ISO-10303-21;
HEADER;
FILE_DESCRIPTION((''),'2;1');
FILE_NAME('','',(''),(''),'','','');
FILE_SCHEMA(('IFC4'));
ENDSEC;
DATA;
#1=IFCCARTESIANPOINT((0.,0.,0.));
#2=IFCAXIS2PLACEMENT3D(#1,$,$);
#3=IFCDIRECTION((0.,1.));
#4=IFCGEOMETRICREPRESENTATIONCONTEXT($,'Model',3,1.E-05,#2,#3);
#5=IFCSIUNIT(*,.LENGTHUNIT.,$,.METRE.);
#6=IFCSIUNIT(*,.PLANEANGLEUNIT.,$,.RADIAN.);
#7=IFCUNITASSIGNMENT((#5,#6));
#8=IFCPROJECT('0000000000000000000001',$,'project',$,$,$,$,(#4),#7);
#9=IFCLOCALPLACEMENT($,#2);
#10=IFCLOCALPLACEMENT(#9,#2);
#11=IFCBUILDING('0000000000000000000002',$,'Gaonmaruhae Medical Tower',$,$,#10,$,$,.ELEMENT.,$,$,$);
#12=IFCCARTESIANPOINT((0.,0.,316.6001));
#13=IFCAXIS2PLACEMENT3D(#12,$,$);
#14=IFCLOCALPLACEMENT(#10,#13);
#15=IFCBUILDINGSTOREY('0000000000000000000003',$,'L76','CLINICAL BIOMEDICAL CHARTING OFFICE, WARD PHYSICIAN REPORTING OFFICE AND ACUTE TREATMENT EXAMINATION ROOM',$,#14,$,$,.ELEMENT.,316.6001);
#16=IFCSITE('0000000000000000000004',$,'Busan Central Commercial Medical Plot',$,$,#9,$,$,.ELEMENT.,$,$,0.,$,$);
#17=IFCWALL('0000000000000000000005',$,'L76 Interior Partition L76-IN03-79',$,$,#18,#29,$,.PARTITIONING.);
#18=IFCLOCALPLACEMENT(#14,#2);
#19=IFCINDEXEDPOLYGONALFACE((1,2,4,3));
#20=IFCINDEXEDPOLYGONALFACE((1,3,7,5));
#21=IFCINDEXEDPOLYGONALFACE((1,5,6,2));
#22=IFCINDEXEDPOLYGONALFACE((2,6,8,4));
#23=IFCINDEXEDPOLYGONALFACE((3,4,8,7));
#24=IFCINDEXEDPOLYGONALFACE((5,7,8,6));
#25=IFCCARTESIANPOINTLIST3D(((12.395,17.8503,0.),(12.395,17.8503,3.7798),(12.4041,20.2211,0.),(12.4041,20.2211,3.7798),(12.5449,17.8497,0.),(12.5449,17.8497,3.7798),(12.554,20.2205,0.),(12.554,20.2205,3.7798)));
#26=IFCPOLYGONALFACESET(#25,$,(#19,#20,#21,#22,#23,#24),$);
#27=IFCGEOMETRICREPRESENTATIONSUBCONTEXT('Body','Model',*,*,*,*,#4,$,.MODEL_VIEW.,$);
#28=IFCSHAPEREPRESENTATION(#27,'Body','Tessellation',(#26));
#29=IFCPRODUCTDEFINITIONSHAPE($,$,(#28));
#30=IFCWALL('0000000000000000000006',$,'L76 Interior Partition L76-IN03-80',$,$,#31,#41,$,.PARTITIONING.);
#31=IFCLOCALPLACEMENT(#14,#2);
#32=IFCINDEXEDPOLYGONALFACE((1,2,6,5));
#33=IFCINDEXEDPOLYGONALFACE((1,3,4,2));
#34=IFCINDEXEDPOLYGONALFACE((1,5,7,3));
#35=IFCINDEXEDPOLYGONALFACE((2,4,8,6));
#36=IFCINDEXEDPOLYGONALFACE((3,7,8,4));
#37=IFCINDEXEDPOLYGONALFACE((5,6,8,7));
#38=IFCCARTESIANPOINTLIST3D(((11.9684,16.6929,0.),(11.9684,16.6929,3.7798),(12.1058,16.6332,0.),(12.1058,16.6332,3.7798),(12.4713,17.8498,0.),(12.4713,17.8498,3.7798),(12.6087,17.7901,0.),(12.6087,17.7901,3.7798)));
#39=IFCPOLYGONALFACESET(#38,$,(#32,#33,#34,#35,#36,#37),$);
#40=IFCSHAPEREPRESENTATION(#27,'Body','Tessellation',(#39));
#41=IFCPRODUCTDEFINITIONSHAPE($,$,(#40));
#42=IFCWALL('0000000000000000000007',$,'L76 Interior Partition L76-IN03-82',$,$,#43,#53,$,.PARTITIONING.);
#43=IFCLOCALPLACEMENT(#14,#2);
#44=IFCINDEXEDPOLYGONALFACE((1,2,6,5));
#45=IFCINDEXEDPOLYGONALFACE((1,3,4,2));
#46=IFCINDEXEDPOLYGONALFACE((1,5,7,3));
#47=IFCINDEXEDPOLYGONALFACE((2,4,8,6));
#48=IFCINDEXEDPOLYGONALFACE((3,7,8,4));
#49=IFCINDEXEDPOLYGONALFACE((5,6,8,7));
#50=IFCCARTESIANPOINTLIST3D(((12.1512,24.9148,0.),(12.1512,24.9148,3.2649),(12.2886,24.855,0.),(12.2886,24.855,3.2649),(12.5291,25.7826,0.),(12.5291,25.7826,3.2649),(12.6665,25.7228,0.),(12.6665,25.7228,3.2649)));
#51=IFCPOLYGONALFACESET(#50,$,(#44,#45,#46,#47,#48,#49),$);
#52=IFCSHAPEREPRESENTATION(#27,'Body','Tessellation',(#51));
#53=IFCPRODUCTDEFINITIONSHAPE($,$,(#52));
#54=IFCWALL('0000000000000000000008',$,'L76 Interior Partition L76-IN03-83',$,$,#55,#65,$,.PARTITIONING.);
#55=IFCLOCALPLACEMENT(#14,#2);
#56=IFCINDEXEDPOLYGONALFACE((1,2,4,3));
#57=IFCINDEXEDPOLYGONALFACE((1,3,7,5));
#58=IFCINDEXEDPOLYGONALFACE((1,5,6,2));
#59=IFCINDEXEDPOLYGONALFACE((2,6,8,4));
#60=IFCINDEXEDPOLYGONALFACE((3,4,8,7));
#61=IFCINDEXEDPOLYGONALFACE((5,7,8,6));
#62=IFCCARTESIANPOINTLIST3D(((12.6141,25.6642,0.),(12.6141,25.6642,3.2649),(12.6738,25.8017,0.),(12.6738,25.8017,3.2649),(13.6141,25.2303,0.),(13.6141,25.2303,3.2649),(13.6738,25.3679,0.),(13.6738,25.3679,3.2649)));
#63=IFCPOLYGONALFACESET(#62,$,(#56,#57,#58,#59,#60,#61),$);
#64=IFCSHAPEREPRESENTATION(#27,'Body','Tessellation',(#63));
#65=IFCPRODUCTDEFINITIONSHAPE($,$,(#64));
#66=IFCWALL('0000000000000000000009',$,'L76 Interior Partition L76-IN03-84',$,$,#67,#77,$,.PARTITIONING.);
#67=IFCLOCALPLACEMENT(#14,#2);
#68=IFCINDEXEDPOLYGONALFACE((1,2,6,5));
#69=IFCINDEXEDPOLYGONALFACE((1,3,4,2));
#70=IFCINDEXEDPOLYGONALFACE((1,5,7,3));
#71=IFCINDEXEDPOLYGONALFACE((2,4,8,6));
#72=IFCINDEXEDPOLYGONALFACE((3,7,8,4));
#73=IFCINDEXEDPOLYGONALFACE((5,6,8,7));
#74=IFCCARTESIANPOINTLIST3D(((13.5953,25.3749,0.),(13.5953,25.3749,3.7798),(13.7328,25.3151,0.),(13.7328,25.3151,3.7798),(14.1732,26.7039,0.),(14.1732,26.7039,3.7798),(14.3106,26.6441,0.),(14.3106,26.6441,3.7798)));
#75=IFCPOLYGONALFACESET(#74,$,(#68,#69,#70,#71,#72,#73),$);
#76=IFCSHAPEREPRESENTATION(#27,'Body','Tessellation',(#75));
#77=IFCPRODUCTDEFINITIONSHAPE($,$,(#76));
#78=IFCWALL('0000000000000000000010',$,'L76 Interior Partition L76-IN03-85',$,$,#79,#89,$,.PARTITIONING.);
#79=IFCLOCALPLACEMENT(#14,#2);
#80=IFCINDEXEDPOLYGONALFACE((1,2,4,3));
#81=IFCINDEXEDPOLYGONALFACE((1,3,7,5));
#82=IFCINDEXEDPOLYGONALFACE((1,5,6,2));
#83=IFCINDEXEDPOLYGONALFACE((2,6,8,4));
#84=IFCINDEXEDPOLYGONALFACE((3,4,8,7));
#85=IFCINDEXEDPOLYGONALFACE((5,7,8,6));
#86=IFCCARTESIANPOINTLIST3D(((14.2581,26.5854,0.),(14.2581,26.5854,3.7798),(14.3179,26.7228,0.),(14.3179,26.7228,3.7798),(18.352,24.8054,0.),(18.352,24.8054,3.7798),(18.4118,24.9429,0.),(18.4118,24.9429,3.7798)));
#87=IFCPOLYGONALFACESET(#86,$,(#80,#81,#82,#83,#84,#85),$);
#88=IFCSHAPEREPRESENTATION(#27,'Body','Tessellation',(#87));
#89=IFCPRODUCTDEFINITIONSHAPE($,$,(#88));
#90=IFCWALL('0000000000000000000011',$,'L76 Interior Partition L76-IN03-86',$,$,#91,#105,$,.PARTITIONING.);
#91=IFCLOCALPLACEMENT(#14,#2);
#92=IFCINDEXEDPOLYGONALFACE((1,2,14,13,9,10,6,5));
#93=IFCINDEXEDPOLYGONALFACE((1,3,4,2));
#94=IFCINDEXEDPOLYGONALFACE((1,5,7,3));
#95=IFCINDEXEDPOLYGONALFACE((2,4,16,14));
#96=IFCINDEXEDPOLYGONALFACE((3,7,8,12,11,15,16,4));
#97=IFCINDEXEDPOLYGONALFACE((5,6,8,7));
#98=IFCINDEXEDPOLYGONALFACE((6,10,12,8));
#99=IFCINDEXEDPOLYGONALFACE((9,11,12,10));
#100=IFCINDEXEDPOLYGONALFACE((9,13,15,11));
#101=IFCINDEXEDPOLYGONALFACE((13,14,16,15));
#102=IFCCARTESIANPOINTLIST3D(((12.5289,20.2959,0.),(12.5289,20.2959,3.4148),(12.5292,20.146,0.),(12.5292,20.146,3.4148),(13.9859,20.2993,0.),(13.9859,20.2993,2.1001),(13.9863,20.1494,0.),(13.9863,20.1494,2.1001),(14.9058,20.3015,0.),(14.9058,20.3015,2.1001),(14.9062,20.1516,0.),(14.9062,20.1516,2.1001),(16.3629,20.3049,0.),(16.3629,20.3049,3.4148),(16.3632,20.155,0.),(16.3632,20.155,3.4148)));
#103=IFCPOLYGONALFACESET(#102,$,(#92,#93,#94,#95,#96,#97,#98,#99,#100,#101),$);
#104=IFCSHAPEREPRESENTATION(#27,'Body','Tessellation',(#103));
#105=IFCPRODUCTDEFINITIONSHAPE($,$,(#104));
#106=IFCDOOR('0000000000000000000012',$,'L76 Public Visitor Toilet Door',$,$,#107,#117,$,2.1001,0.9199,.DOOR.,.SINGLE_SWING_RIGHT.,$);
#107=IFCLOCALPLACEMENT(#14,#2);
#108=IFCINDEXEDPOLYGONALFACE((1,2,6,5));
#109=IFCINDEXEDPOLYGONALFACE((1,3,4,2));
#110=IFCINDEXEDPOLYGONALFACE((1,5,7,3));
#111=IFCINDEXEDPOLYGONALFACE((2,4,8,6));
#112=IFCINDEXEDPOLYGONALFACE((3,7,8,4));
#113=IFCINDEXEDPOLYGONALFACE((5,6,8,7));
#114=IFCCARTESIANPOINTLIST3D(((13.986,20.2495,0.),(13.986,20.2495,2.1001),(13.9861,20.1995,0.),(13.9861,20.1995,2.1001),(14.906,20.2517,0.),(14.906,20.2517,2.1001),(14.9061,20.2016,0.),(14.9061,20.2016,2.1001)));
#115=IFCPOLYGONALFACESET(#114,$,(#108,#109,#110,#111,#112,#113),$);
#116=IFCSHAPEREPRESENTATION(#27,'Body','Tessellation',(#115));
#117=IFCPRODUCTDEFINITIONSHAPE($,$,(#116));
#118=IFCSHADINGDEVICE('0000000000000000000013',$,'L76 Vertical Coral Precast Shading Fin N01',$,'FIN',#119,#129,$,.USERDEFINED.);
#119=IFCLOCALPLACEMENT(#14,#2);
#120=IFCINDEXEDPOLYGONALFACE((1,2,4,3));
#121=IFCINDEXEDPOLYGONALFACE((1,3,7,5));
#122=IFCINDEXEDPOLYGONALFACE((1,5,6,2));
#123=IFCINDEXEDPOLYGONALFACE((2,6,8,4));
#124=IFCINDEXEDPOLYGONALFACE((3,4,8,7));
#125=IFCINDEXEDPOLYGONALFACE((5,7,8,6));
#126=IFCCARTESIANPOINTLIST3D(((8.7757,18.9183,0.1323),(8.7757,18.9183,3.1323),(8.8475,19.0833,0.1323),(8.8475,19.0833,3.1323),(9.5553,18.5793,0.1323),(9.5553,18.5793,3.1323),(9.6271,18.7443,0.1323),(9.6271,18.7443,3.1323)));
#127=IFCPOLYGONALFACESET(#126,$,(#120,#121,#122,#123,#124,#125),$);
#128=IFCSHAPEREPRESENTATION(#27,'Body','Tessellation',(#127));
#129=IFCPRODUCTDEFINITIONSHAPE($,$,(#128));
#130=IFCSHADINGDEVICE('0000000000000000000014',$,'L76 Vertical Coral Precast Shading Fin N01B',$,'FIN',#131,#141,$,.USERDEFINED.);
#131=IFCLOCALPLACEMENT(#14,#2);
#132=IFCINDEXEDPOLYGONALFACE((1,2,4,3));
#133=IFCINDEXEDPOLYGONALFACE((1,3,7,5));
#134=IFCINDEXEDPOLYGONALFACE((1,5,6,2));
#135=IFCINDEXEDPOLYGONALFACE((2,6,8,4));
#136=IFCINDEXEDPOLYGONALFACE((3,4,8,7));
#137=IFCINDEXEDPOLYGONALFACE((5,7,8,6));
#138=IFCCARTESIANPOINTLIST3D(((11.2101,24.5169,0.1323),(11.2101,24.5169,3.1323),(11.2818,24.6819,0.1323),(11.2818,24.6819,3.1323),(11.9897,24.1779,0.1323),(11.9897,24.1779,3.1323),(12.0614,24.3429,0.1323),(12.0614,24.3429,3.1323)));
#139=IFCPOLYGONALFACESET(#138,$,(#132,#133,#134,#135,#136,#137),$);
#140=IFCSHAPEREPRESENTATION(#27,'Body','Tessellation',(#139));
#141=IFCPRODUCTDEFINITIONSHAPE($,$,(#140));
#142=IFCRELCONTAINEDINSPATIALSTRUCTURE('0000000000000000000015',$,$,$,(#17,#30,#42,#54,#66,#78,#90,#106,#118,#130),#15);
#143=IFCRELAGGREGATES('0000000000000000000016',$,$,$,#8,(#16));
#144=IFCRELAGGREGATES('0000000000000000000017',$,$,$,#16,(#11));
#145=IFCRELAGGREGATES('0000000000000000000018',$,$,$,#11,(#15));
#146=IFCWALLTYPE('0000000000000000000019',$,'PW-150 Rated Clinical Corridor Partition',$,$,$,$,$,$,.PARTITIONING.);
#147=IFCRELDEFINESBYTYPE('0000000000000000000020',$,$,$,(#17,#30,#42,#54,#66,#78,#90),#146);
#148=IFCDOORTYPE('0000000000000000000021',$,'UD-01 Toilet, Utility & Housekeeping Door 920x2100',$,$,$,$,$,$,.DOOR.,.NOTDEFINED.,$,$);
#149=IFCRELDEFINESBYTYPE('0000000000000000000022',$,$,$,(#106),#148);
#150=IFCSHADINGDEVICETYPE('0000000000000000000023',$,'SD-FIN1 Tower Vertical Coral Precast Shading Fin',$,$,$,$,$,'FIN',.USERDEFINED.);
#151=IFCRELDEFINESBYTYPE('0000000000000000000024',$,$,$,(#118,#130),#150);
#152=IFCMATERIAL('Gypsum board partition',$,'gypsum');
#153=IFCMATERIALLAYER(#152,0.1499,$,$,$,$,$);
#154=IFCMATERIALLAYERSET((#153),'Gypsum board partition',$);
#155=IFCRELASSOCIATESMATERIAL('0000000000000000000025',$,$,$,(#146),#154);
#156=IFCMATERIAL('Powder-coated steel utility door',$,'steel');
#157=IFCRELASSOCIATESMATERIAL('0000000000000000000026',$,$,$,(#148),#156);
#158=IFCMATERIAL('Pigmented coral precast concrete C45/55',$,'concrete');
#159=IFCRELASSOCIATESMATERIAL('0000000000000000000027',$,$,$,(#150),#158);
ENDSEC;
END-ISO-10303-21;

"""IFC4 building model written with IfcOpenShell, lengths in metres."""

from ifc_helpers import new_model, si_unit, direction, frame, frame_2d, origin, origin_2d, place, context, subcontext, project, spatial, rectangle, extrude, material, layer, layer_set, type_object, element, fill, save


model = new_model("IFC4")

# Units and contexts
model_context = context("Model", 3, precision=1e-05, world=origin(), true_north=direction((0.0, 1.0)))
body_context = subcontext(model_context, "Body", "Model", "MODEL_VIEW")
ifc_project = project(units=[si_unit("LENGTHUNIT", "METRE"), si_unit("PLANEANGLEUNIT", "RADIAN")], contexts=[model_context])

# Site, building, storey
site_placement = place(None, origin())
site = spatial("IfcSite", under=ifc_project, at=site_placement, Name="Busan Central Commercial Medical Plot", CompositionType="ELEMENT", RefElevation=0.0)
building_placement = place(site_placement, origin())
building = spatial("IfcBuilding", under=site, at=building_placement, Name="Gaonmaruhae Medical Tower", CompositionType="ELEMENT")
storey_placement = place(building_placement, frame((0.0, 0.0, 316.6001)))
storey = spatial("IfcBuildingStorey", under=building, at=storey_placement, Name="L76", Description="CLINICAL BIOMEDICAL CHARTING OFFICE, WARD PHYSICIAN REPORTING OFFICE AND ACUTE TREATMENT EXAMINATION ROOM", CompositionType="ELEMENT", Elevation=316.6001)

# Walls
ifc_material_1 = material(Name="Gypsum board partition", Category="gypsum")
ifc_layer_1 = layer(ifc_material_1, 0.1499)
ifc_layer_set_1 = layer_set([ifc_layer_1], Name="Gypsum board partition")
wall_type_1 = type_object("IfcWallType", Name="PW-150 Rated Clinical Corridor Partition", PredefinedType="PARTITIONING", material=ifc_layer_set_1)
wall_1_placement = place(storey_placement, frame((12.479, 20.2209, 0.0), z_axis=(0.0, 0.0, 1.0), x_axis=(-0.00381, -0.999993, 0.0)))
element("IfcWall", 1, at=wall_1_placement, inside=storey, type_object=wall_type_1, Name="L76 Interior Partition L76-IN03-79", PredefinedType="PARTITIONING", context=body_context, shape_type="SweptSolid", body=[
    extrude(rectangle(XDim=2.3708, YDim=0.1499, at=frame_2d((1.1855, 0.0))), origin(), (0.0, 0.0, 1.0), 3.7798),
])
wall_2_placement = place(storey_placement, frame((12.54, 17.8201, 0.0), z_axis=(0.0, 0.0, 1.0), x_axis=(-0.398655, -0.917101, 0.0)))
element("IfcWall", 2, at=wall_2_placement, inside=storey, type_object=wall_type_1, Name="L76 Interior Partition L76-IN03-80", PredefinedType="PARTITIONING", context=body_context, shape_type="SweptSolid", body=[
    extrude(rectangle(XDim=1.2615, YDim=0.1499, at=frame_2d((0.6309, 0.0))), origin(), (0.0, 0.0, 1.0), 3.7798),
])
wall_3_placement = place(storey_placement, frame((12.22, 24.885, 0.0), z_axis=(0.0, 0.0, 1.0), x_axis=(0.399235, 0.916849, 0.0)))
element("IfcWall", 3, at=wall_3_placement, inside=storey, type_object=wall_type_1, Name="L76 Interior Partition L76-IN03-82", PredefinedType="PARTITIONING", context=body_context, shape_type="SweptSolid", body=[
    extrude(rectangle(XDim=0.9465, YDim=0.1499, at=frame_2d((0.4731, 0.0))), origin(), (0.0, 0.0, 1.0), 3.2649),
])
wall_4_placement = place(storey_placement, frame((12.644, 25.7329, 0.0), z_axis=(0.0, 0.0, 1.0), x_axis=(0.917387, -0.397997, 0.0)))
element("IfcWall", 4, at=wall_4_placement, inside=storey, type_object=wall_type_1, Name="L76 Interior Partition L76-IN03-83", PredefinedType="PARTITIONING", context=body_context, shape_type="SweptSolid", body=[
    extrude(rectangle(XDim=1.0901, YDim=0.1499, at=frame_2d((0.5449, 0.0))), origin(), (0.0, 0.0, 1.0), 3.2649),
])
wall_5_placement = place(storey_placement, frame((13.6641, 25.345, 0.0), z_axis=(0.0, 0.0, 1.0), x_axis=(0.398732, 0.917067, 0.0)))
element("IfcWall", 5, at=wall_5_placement, inside=storey, type_object=wall_type_1, Name="L76 Interior Partition L76-IN03-84", PredefinedType="PARTITIONING", context=body_context, shape_type="SweptSolid", body=[
    extrude(rectangle(XDim=1.4492, YDim=0.1499, at=frame_2d((0.7246, 0.0))), origin(), (0.0, 0.0, 1.0), 3.7798),
])
wall_6_placement = place(storey_placement, frame((14.2881, 26.6541, 0.0), z_axis=(0.0, 0.0, 1.0), x_axis=(0.917067, -0.398732, 0.0)))
element("IfcWall", 6, at=wall_6_placement, inside=storey, type_object=wall_type_1, Name="L76 Interior Partition L76-IN03-85", PredefinedType="PARTITIONING", context=body_context, shape_type="SweptSolid", body=[
    extrude(rectangle(XDim=4.4641, YDim=0.1499, at=frame_2d((2.2319, 0.0))), origin(), (0.0, 0.0, 1.0), 3.7798),
])

# Wall, opening, door
wall_7_placement = place(storey_placement, frame((16.363, 20.23, 0.0), z_axis=(0.0, 0.0, 1.0), x_axis=(-0.999997, -0.002356, 0.0)))
wall_7 = element("IfcWall", 7, at=wall_7_placement, inside=storey, type_object=wall_type_1, Name="L76 Interior Partition L76-IN03-86", PredefinedType="PARTITIONING", context=body_context, shape_type="SweptSolid", body=[
    extrude(rectangle(XDim=3.834, YDim=0.1499, at=frame_2d((1.917, 0.0))), origin(), (0.0, 0.0, 1.0), 3.4148),
])
opening_1_placement = place(wall_7_placement, frame((1.457, 0.0, 0.0)))
opening_1 = element("IfcOpeningElement", 8, at=opening_1_placement, cuts=wall_7, PredefinedType="OPENING", context=body_context, shape_type="SweptSolid", body=[
    extrude(rectangle(XDim=0.9199, YDim=2.1001, at=frame_2d((0.46, 1.05))), frame((0.0, 0.085, 0.0), z_axis=(0.0, -1.0, 0.0), x_axis=(1.0, 0.0, 0.0)), (0.0, 0.0, 1.0), 0.1699),
])
ifc_material_2 = material(Name="Powder-coated steel utility door", Category="steel")
door_type = type_object("IfcDoorType", Name="UD-01 Toilet, Utility & Housekeeping Door 920x2100", OperationType="NOTDEFINED", PredefinedType="DOOR", material=ifc_material_2)
door_placement = place(opening_1_placement, origin())
door = element("IfcDoor", 9, at=door_placement, inside=storey, type_object=door_type, Name="L76 Public Visitor Toilet Door", OperationType="SINGLE_SWING_RIGHT", OverallHeight=2.1001, OverallWidth=0.9199, PredefinedType="DOOR", context=body_context, shape_type="SweptSolid", body=[
    extrude(rectangle(XDim=0.9199, YDim=2.1001, at=frame_2d((0.46, 1.05))), frame((0.0, 0.0249, 0.0), z_axis=(0.0, -1.0, 0.0), x_axis=(1.0, 0.0, 0.0)), (0.0, 0.0, 1.0), 0.05),
])
fill(opening_1, door)

# Shading devices
ifc_material_3 = material(Name="Pigmented coral precast concrete C45/55", Category="concrete")
shading_device_type = type_object("IfcShadingDeviceType", Name="SD-FIN1 Tower Vertical Coral Precast Shading Fin", ElementType="FIN", PredefinedType="USERDEFINED", material=ifc_material_3)
for number, where, z_axis, x_axis, name in (
    (10, (9.2014, 18.8313, 0.1323), (0.0, 0.0, 1.0), (0.398749, 0.91706, 0.0), "L76 Vertical Coral Precast Shading Fin N01"),
    (11, (11.6357, 24.4299, 0.1323), (0.0, 0.0, 1.0), (0.398749, 0.91706, 0.0), "L76 Vertical Coral Precast Shading Fin N01B"),
):
    element("IfcShadingDevice", number, at=place(storey_placement, frame(where, z_axis=z_axis, x_axis=x_axis)), inside=storey, type_object=shading_device_type, Name=name, ObjectType="FIN", PredefinedType="USERDEFINED", context=body_context, shape_type="SweptSolid", body=[
        extrude(rectangle(XDim=0.1799, YDim=0.8501, at=origin_2d()), origin(), (0.0, 0.0, 1.0), 3.0),
    ])

save(model, "model.ifc")
